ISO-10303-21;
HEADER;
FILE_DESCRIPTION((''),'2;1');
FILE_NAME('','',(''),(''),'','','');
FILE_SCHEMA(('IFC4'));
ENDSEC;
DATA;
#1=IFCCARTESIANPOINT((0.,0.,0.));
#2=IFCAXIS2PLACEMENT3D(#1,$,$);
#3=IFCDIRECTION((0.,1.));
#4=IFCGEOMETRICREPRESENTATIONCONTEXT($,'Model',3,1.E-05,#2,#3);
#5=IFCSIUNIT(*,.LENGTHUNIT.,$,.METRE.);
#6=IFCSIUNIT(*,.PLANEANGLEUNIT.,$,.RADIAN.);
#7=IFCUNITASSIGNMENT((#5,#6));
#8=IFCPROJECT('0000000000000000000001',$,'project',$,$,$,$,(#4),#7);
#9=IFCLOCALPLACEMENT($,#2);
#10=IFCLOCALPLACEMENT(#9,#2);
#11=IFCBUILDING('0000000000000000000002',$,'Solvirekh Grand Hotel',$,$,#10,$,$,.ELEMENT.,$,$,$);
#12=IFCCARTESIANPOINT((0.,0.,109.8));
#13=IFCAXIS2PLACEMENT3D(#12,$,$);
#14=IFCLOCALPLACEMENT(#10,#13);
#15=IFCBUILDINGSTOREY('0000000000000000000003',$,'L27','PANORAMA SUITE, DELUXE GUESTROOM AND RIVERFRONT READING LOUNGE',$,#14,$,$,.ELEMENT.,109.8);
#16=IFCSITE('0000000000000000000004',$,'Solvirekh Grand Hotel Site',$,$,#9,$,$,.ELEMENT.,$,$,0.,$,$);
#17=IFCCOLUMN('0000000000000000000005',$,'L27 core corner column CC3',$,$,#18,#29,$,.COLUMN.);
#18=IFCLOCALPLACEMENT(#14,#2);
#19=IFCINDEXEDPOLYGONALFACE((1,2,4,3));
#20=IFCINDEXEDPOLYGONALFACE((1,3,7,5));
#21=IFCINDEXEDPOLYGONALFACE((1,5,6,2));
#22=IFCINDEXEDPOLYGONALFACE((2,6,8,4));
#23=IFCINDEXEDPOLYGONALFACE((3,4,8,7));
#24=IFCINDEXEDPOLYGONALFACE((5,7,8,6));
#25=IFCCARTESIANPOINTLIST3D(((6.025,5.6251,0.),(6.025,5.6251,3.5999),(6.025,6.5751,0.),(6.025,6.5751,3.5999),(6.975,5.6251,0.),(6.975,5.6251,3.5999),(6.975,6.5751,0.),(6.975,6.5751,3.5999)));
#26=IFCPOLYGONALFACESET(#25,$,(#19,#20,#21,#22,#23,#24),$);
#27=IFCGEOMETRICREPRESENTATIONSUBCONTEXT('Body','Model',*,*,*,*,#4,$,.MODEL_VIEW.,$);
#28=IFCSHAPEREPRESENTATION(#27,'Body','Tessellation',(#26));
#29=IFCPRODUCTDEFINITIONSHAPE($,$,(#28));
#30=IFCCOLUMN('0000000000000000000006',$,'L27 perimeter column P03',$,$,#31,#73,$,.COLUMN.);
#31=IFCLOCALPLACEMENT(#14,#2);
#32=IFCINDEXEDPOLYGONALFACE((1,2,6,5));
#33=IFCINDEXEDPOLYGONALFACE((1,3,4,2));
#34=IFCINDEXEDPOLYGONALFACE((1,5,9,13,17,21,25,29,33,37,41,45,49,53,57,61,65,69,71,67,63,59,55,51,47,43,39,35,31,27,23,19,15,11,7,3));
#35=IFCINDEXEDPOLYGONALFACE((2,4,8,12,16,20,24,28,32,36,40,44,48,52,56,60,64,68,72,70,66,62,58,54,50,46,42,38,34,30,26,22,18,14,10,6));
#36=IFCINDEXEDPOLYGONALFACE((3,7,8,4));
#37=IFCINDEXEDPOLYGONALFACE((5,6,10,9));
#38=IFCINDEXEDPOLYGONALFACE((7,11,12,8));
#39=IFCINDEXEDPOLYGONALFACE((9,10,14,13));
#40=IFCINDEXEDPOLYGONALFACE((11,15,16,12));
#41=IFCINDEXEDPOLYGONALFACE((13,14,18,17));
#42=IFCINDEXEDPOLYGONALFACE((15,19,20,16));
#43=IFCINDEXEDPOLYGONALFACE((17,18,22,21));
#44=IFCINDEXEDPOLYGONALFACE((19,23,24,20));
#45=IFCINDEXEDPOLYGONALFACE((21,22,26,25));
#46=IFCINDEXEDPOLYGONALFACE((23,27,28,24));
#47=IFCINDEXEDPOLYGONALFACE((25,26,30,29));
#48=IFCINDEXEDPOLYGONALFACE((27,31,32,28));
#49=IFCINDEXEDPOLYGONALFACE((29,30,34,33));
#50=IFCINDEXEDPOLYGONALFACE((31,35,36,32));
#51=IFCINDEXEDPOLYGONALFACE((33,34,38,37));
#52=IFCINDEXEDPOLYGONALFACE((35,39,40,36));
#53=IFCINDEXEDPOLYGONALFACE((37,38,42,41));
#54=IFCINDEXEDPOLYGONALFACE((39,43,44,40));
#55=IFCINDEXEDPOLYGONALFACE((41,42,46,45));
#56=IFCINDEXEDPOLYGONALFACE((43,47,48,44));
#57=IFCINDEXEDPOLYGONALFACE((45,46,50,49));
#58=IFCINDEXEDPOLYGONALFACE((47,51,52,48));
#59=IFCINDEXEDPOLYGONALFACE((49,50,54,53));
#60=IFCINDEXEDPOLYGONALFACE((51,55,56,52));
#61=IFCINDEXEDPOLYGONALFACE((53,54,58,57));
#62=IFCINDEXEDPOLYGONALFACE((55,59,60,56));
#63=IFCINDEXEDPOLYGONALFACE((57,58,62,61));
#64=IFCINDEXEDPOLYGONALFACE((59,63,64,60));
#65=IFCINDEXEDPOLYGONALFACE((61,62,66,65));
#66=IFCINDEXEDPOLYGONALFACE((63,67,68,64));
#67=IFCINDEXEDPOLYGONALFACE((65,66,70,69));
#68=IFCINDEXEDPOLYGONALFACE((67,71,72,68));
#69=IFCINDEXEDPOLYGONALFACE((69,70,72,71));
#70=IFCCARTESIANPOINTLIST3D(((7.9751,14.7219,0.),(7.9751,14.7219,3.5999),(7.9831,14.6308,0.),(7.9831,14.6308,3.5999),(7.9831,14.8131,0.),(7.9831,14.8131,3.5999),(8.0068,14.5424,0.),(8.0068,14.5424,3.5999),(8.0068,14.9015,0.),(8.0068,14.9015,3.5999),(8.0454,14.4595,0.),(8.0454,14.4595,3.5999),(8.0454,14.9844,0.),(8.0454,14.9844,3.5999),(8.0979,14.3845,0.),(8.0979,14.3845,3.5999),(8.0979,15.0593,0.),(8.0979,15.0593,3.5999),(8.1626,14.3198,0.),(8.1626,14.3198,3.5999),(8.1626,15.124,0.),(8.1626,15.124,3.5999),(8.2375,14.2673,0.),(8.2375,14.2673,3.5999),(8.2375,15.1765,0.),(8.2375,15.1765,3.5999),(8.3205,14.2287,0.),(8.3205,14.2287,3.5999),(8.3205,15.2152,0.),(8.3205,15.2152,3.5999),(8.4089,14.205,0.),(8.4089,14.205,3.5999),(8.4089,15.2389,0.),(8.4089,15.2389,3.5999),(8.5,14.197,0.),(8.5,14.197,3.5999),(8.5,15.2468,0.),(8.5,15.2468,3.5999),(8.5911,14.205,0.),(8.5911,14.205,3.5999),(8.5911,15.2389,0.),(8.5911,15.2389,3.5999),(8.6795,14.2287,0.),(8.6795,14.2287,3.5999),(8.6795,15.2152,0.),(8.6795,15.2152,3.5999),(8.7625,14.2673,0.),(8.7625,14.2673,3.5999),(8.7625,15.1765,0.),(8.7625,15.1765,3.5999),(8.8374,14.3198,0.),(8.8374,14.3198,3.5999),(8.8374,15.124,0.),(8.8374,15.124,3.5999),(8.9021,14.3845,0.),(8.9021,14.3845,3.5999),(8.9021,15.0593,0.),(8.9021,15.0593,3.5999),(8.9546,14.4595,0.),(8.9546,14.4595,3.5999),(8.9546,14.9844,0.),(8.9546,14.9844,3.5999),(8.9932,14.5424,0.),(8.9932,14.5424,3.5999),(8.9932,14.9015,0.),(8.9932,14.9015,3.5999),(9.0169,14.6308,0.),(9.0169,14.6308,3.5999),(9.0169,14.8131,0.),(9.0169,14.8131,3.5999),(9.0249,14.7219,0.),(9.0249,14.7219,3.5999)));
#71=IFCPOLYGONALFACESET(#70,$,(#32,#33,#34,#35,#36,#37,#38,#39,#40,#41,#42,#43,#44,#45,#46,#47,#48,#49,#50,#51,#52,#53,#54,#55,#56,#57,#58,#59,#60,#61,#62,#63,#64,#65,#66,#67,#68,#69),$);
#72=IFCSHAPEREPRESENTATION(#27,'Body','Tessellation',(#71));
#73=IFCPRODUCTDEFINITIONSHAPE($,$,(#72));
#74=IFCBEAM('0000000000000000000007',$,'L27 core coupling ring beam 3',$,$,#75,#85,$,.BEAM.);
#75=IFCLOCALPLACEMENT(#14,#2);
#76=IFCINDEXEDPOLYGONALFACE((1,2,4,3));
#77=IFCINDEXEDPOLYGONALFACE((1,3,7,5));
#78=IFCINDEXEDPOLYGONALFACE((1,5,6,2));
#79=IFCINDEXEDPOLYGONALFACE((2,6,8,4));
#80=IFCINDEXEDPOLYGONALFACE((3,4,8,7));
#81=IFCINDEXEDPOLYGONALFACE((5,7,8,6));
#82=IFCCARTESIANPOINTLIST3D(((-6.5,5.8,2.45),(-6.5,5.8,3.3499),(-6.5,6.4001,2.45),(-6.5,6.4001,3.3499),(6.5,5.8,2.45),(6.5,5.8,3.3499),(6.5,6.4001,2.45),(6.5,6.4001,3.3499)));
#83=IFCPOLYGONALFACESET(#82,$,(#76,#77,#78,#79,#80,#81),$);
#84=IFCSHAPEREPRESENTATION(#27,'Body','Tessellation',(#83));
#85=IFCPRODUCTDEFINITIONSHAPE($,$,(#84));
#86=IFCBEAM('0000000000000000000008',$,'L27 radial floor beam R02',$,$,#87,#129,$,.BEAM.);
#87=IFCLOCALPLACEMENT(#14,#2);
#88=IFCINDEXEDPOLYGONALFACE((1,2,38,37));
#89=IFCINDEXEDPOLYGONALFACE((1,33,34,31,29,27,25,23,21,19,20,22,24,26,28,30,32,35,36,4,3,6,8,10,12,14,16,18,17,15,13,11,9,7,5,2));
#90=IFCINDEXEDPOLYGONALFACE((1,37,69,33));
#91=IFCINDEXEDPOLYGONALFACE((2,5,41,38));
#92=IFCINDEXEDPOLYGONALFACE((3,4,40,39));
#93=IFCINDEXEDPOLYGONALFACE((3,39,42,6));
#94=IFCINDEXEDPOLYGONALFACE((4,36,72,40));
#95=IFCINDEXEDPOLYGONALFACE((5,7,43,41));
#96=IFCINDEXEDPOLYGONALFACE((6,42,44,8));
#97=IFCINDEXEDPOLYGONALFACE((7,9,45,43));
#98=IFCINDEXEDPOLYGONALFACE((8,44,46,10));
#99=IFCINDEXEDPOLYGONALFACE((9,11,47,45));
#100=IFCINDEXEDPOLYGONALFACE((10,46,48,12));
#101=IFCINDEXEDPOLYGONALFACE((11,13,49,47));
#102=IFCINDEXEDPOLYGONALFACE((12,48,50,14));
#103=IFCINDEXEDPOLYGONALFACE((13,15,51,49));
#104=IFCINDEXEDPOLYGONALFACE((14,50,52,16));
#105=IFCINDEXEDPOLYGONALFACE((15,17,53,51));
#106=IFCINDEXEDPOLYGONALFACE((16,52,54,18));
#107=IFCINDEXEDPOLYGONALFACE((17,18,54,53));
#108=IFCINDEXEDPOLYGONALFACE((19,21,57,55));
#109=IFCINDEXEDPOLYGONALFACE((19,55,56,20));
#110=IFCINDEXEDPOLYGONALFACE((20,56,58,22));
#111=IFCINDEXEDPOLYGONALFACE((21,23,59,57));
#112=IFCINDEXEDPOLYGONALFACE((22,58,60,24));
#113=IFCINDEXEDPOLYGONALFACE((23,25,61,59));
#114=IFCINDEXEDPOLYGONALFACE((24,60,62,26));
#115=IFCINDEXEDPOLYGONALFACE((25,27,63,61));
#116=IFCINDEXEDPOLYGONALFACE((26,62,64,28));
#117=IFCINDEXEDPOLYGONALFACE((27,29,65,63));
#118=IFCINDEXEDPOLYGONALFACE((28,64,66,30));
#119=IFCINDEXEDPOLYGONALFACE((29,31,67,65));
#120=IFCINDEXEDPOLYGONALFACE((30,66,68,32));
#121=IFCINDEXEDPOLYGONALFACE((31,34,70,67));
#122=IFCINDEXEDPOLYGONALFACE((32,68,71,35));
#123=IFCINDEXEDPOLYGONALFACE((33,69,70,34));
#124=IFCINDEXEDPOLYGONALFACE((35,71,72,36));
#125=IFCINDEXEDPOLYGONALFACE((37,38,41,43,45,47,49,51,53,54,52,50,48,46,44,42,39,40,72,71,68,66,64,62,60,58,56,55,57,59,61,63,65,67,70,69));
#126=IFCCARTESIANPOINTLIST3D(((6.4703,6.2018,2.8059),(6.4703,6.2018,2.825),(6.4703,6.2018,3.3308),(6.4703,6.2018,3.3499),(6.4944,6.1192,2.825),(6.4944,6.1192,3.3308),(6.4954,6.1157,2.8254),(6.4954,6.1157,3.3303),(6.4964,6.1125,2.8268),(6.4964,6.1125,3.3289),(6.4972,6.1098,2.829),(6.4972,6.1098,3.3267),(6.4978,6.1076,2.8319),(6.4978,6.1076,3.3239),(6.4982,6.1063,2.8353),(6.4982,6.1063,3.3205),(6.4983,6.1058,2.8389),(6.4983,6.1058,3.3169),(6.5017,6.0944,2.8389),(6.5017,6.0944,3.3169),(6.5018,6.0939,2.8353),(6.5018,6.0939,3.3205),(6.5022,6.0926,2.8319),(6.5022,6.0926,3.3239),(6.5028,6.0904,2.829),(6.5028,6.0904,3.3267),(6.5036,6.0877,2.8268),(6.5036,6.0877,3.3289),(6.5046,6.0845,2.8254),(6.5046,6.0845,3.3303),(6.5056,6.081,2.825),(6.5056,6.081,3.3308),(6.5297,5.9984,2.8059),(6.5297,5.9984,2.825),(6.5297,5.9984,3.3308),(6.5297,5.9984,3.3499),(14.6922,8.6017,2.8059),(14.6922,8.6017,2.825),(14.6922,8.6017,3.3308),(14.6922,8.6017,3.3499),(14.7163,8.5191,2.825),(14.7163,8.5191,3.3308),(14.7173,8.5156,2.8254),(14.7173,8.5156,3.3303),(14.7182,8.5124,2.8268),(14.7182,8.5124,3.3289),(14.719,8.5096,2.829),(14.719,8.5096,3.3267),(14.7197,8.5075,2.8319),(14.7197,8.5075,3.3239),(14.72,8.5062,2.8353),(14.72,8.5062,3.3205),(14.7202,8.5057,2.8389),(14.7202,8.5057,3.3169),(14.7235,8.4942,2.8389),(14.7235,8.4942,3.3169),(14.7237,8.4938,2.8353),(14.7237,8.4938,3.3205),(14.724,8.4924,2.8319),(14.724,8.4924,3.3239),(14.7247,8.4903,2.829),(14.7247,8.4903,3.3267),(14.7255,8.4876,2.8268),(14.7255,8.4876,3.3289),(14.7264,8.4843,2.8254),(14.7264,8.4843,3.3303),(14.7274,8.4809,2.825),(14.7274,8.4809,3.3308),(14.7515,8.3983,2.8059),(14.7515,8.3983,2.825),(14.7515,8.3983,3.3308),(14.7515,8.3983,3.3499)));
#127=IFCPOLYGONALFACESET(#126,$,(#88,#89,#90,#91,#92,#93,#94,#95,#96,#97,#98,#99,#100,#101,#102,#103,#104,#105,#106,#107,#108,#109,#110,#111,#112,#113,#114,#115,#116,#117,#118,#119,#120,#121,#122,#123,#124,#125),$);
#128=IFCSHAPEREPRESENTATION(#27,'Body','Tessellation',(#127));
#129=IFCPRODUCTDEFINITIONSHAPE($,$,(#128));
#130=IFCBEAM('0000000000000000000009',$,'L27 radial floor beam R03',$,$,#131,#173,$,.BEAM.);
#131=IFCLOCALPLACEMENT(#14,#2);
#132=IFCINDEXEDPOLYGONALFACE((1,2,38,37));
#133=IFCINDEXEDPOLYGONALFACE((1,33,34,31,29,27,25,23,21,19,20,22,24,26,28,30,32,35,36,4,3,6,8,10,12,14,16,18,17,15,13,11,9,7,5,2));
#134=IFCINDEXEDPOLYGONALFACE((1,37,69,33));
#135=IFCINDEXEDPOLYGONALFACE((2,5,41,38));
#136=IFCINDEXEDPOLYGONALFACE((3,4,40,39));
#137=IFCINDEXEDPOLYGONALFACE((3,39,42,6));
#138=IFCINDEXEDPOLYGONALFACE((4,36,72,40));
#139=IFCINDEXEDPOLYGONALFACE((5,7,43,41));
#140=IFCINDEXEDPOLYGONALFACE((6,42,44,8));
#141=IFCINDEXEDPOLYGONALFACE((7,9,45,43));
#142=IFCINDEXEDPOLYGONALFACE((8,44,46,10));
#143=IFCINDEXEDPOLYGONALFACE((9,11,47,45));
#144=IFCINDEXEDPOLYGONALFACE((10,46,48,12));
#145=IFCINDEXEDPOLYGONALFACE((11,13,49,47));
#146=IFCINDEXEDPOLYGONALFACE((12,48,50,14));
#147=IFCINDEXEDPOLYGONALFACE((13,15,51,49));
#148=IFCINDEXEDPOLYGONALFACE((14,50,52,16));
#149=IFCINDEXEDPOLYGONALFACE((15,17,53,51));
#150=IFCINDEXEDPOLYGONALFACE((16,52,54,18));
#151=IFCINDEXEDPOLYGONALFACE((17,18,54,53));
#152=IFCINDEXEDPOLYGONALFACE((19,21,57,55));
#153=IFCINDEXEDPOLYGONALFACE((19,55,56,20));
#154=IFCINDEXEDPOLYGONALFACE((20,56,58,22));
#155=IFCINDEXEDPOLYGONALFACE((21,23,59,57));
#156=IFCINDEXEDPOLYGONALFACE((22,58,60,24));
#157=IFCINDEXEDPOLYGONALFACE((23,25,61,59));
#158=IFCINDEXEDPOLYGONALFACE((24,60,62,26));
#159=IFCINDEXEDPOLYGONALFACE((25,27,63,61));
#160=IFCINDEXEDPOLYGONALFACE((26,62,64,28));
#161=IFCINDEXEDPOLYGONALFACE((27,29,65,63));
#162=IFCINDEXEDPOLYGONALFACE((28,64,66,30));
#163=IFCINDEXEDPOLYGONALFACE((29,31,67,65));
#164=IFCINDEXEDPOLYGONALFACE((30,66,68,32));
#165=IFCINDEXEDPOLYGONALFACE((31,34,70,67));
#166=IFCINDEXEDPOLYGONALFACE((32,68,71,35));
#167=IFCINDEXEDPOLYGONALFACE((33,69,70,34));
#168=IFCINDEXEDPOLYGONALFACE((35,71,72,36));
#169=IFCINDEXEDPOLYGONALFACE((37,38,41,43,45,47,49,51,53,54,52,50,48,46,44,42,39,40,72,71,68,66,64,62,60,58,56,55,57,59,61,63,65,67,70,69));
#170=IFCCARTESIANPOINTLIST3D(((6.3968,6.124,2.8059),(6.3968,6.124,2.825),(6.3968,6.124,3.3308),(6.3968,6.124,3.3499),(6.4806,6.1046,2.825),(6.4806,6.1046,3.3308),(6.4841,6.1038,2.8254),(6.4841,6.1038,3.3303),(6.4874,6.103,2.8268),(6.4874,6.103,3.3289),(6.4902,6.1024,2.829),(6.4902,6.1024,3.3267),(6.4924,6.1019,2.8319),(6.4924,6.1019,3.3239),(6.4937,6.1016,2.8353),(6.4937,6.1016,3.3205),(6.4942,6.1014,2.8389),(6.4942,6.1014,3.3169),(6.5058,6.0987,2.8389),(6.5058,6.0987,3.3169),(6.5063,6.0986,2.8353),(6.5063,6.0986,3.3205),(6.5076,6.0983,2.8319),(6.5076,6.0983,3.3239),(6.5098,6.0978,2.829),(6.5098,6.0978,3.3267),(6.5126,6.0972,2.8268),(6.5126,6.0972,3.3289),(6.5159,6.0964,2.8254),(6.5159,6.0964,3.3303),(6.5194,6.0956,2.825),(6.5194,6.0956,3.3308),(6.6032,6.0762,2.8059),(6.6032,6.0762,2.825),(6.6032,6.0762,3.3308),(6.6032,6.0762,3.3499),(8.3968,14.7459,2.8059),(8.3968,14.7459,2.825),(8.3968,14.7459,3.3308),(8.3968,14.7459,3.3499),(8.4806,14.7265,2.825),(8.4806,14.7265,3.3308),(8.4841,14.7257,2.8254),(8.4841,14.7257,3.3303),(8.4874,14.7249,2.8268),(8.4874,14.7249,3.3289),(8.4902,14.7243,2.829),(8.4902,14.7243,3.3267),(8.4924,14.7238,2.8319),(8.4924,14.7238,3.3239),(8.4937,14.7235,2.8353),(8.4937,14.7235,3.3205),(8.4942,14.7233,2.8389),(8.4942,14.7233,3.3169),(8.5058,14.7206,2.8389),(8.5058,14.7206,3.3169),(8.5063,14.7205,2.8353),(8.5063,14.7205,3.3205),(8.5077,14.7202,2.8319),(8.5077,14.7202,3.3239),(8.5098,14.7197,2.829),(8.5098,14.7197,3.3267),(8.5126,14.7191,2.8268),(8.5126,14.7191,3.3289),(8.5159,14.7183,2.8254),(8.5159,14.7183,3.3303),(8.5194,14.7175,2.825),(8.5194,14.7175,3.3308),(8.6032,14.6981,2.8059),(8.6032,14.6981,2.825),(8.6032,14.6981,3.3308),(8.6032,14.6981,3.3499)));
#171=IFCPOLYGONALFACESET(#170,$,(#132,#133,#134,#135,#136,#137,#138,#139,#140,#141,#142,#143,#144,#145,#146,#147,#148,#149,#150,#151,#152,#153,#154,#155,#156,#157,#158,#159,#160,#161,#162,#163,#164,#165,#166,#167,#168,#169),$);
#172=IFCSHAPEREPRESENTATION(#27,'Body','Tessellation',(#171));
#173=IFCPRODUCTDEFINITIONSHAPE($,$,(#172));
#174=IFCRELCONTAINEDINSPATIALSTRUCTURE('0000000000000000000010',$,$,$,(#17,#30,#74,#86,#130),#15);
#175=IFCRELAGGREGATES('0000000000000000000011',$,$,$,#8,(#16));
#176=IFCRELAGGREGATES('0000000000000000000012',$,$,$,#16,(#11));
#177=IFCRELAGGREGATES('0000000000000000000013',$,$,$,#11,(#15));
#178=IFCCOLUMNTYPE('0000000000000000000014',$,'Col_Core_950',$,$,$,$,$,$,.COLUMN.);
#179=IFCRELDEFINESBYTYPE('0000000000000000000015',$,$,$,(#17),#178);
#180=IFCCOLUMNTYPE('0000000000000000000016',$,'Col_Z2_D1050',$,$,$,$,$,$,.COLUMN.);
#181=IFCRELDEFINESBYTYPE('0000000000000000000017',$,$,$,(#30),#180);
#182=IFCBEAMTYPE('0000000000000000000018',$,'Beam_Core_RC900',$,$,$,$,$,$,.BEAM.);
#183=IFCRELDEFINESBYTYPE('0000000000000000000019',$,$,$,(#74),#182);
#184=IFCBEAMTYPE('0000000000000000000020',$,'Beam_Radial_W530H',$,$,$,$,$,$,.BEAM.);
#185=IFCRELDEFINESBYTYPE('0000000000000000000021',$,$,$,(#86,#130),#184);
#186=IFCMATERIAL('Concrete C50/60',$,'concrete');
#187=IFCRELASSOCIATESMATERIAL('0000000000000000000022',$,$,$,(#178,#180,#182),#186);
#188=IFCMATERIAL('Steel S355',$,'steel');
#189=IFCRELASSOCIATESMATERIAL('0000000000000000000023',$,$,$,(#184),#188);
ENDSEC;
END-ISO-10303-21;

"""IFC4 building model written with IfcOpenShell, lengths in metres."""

from ifc_helpers import new_model, si_unit, direction, frame, origin, origin_2d, place, context, subcontext, project, spatial, rectangle, circle, i_section, extrude, material, material_profile, profile_set, type_object, element, save


model = new_model("IFC4")

# Units and contexts
model_context = context("Model", 3, precision=1e-05, world=origin(), true_north=direction((0.0, 1.0)))
body_context = subcontext(model_context, "Body", "Model", "MODEL_VIEW")
ifc_project = project(units=[si_unit("LENGTHUNIT", "METRE"), si_unit("PLANEANGLEUNIT", "RADIAN")], contexts=[model_context])

# Site, building, storey
site_placement = place(None, origin())
site = spatial("IfcSite", under=ifc_project, at=site_placement, Name="Solvirekh Grand Hotel Site", CompositionType="ELEMENT", RefElevation=0.0)
building_placement = place(site_placement, origin())
building = spatial("IfcBuilding", under=site, at=building_placement, Name="Solvirekh Grand Hotel", CompositionType="ELEMENT")
storey_placement = place(building_placement, frame((0.0, 0.0, 109.8)))
storey = spatial("IfcBuildingStorey", under=building, at=storey_placement, Name="L27", Description="PANORAMA SUITE, DELUXE GUESTROOM AND RIVERFRONT READING LOUNGE", CompositionType="ELEMENT", Elevation=109.8)

# Columns
ifc_material_1 = material(Name="Concrete C50/60", Category="concrete")
ifc_material_profile_1 = material_profile(ifc_material_1, rectangle(XDim=0.95, YDim=0.95, at=origin_2d()), Name="RC 950X950")
ifc_profile_set_1 = profile_set([ifc_material_profile_1], Name="Concrete C50/60")
column_type_1 = type_object("IfcColumnType", Name="Col_Core_950", PredefinedType="COLUMN", material=ifc_profile_set_1)
column_1_placement = place(storey_placement, frame((6.5, 6.1001, 0.0), z_axis=(0.0, 0.0, 1.0), x_axis=(1.0, 0.0, 0.0)))
element("IfcColumn", 1, at=column_1_placement, inside=storey, type_object=column_type_1, Name="L27 core corner column CC3", PredefinedType="COLUMN", context=body_context, shape_type="SweptSolid", body=[
    extrude(rectangle(XDim=0.95, YDim=0.95, at=origin_2d()), origin(), (0.0, 0.0, 1.0), 3.5999),
])
ifc_material_profile_2 = material_profile(ifc_material_1, circle(Radius=0.5249, at=origin_2d()), Name="RC CIRC D1050")
ifc_profile_set_2 = profile_set([ifc_material_profile_2], Name="Concrete C50/60")
column_type_2 = type_object("IfcColumnType", Name="Col_Z2_D1050", PredefinedType="COLUMN", material=ifc_profile_set_2)
column_2_placement = place(storey_placement, frame((8.5, 14.7219, 0.0), z_axis=(0.0, 0.0, 1.0), x_axis=(1.0, 0.0, 0.0)))
element("IfcColumn", 2, at=column_2_placement, inside=storey, type_object=column_type_2, Name="L27 perimeter column P03", PredefinedType="COLUMN", context=body_context, shape_type="SweptSolid", body=[
    extrude(circle(Radius=0.5249, at=origin_2d()), origin(), (0.0, 0.0, 1.0), 3.5999),
])

# Beams
ifc_material_profile_3 = material_profile(ifc_material_1, rectangle(XDim=0.6001, YDim=0.8999, at=origin_2d()), Name="RC BEAM 600X900")
ifc_profile_set_3 = profile_set([ifc_material_profile_3], Name="Concrete C50/60")
beam_type_1 = type_object("IfcBeamType", Name="Beam_Core_RC900", PredefinedType="BEAM", material=ifc_profile_set_3)
beam_1_placement = place(storey_placement, frame((6.5, 6.1001, 2.8999), z_axis=(-1.0, 0.0, 0.0), x_axis=(0.0, -1.0, 0.0)))
element("IfcBeam", 3, at=beam_1_placement, inside=storey, type_object=beam_type_1, Name="L27 core coupling ring beam 3", PredefinedType="BEAM", context=body_context, shape_type="SweptSolid", body=[
    extrude(rectangle(XDim=0.6001, YDim=0.8999, at=origin_2d()), origin(), (0.0, 0.0, 1.0), 13.0),
])
ifc_material_2 = material(Name="Steel S355", Category="steel")
ifc_material_profile_4 = material_profile(ifc_material_2, i_section(OverallWidth=0.2119, OverallDepth=0.5439, WebThickness=0.012, FlangeThickness=0.019, FilletRadius=0.0139, at=origin_2d()), Name="W530X123")
ifc_profile_set_4 = profile_set([ifc_material_profile_4], Name="Steel S355")
beam_type_2 = type_object("IfcBeamType", Name="Beam_Radial_W530H", PredefinedType="BEAM", material=ifc_profile_set_4)
beam_2_placement = place(storey_placement, frame((6.5, 6.1001, 3.0779), z_axis=(0.959942, 0.280198, 0.0), x_axis=(-0.280198, 0.959942, 0.0)))
element("IfcBeam", 4, at=beam_2_placement, inside=storey, type_object=beam_type_2, Name="L27 radial floor beam R02", PredefinedType="BEAM", context=body_context, shape_type="SweptSolid", body=[
    extrude(i_section(OverallWidth=0.2119, OverallDepth=0.5439, WebThickness=0.012, FlangeThickness=0.019, FilletRadius=0.0139, at=origin_2d()), origin(), (0.0, 0.0, 1.0), 8.5649),
])
beam_3_placement = place(storey_placement, frame((6.5, 6.1001, 3.0779), z_axis=(0.225969, 0.974134, 0.0), x_axis=(-0.974134, 0.225969, 0.0)))
element("IfcBeam", 5, at=beam_3_placement, inside=storey, type_object=beam_type_2, Name="L27 radial floor beam R03", PredefinedType="BEAM", context=body_context, shape_type="SweptSolid", body=[
    extrude(i_section(OverallWidth=0.2119, OverallDepth=0.5439, WebThickness=0.012, FlangeThickness=0.019, FilletRadius=0.0139, at=origin_2d()), origin(), (0.0, 0.0, 1.0), 8.8508),
])

save(model, "model.ifc")
